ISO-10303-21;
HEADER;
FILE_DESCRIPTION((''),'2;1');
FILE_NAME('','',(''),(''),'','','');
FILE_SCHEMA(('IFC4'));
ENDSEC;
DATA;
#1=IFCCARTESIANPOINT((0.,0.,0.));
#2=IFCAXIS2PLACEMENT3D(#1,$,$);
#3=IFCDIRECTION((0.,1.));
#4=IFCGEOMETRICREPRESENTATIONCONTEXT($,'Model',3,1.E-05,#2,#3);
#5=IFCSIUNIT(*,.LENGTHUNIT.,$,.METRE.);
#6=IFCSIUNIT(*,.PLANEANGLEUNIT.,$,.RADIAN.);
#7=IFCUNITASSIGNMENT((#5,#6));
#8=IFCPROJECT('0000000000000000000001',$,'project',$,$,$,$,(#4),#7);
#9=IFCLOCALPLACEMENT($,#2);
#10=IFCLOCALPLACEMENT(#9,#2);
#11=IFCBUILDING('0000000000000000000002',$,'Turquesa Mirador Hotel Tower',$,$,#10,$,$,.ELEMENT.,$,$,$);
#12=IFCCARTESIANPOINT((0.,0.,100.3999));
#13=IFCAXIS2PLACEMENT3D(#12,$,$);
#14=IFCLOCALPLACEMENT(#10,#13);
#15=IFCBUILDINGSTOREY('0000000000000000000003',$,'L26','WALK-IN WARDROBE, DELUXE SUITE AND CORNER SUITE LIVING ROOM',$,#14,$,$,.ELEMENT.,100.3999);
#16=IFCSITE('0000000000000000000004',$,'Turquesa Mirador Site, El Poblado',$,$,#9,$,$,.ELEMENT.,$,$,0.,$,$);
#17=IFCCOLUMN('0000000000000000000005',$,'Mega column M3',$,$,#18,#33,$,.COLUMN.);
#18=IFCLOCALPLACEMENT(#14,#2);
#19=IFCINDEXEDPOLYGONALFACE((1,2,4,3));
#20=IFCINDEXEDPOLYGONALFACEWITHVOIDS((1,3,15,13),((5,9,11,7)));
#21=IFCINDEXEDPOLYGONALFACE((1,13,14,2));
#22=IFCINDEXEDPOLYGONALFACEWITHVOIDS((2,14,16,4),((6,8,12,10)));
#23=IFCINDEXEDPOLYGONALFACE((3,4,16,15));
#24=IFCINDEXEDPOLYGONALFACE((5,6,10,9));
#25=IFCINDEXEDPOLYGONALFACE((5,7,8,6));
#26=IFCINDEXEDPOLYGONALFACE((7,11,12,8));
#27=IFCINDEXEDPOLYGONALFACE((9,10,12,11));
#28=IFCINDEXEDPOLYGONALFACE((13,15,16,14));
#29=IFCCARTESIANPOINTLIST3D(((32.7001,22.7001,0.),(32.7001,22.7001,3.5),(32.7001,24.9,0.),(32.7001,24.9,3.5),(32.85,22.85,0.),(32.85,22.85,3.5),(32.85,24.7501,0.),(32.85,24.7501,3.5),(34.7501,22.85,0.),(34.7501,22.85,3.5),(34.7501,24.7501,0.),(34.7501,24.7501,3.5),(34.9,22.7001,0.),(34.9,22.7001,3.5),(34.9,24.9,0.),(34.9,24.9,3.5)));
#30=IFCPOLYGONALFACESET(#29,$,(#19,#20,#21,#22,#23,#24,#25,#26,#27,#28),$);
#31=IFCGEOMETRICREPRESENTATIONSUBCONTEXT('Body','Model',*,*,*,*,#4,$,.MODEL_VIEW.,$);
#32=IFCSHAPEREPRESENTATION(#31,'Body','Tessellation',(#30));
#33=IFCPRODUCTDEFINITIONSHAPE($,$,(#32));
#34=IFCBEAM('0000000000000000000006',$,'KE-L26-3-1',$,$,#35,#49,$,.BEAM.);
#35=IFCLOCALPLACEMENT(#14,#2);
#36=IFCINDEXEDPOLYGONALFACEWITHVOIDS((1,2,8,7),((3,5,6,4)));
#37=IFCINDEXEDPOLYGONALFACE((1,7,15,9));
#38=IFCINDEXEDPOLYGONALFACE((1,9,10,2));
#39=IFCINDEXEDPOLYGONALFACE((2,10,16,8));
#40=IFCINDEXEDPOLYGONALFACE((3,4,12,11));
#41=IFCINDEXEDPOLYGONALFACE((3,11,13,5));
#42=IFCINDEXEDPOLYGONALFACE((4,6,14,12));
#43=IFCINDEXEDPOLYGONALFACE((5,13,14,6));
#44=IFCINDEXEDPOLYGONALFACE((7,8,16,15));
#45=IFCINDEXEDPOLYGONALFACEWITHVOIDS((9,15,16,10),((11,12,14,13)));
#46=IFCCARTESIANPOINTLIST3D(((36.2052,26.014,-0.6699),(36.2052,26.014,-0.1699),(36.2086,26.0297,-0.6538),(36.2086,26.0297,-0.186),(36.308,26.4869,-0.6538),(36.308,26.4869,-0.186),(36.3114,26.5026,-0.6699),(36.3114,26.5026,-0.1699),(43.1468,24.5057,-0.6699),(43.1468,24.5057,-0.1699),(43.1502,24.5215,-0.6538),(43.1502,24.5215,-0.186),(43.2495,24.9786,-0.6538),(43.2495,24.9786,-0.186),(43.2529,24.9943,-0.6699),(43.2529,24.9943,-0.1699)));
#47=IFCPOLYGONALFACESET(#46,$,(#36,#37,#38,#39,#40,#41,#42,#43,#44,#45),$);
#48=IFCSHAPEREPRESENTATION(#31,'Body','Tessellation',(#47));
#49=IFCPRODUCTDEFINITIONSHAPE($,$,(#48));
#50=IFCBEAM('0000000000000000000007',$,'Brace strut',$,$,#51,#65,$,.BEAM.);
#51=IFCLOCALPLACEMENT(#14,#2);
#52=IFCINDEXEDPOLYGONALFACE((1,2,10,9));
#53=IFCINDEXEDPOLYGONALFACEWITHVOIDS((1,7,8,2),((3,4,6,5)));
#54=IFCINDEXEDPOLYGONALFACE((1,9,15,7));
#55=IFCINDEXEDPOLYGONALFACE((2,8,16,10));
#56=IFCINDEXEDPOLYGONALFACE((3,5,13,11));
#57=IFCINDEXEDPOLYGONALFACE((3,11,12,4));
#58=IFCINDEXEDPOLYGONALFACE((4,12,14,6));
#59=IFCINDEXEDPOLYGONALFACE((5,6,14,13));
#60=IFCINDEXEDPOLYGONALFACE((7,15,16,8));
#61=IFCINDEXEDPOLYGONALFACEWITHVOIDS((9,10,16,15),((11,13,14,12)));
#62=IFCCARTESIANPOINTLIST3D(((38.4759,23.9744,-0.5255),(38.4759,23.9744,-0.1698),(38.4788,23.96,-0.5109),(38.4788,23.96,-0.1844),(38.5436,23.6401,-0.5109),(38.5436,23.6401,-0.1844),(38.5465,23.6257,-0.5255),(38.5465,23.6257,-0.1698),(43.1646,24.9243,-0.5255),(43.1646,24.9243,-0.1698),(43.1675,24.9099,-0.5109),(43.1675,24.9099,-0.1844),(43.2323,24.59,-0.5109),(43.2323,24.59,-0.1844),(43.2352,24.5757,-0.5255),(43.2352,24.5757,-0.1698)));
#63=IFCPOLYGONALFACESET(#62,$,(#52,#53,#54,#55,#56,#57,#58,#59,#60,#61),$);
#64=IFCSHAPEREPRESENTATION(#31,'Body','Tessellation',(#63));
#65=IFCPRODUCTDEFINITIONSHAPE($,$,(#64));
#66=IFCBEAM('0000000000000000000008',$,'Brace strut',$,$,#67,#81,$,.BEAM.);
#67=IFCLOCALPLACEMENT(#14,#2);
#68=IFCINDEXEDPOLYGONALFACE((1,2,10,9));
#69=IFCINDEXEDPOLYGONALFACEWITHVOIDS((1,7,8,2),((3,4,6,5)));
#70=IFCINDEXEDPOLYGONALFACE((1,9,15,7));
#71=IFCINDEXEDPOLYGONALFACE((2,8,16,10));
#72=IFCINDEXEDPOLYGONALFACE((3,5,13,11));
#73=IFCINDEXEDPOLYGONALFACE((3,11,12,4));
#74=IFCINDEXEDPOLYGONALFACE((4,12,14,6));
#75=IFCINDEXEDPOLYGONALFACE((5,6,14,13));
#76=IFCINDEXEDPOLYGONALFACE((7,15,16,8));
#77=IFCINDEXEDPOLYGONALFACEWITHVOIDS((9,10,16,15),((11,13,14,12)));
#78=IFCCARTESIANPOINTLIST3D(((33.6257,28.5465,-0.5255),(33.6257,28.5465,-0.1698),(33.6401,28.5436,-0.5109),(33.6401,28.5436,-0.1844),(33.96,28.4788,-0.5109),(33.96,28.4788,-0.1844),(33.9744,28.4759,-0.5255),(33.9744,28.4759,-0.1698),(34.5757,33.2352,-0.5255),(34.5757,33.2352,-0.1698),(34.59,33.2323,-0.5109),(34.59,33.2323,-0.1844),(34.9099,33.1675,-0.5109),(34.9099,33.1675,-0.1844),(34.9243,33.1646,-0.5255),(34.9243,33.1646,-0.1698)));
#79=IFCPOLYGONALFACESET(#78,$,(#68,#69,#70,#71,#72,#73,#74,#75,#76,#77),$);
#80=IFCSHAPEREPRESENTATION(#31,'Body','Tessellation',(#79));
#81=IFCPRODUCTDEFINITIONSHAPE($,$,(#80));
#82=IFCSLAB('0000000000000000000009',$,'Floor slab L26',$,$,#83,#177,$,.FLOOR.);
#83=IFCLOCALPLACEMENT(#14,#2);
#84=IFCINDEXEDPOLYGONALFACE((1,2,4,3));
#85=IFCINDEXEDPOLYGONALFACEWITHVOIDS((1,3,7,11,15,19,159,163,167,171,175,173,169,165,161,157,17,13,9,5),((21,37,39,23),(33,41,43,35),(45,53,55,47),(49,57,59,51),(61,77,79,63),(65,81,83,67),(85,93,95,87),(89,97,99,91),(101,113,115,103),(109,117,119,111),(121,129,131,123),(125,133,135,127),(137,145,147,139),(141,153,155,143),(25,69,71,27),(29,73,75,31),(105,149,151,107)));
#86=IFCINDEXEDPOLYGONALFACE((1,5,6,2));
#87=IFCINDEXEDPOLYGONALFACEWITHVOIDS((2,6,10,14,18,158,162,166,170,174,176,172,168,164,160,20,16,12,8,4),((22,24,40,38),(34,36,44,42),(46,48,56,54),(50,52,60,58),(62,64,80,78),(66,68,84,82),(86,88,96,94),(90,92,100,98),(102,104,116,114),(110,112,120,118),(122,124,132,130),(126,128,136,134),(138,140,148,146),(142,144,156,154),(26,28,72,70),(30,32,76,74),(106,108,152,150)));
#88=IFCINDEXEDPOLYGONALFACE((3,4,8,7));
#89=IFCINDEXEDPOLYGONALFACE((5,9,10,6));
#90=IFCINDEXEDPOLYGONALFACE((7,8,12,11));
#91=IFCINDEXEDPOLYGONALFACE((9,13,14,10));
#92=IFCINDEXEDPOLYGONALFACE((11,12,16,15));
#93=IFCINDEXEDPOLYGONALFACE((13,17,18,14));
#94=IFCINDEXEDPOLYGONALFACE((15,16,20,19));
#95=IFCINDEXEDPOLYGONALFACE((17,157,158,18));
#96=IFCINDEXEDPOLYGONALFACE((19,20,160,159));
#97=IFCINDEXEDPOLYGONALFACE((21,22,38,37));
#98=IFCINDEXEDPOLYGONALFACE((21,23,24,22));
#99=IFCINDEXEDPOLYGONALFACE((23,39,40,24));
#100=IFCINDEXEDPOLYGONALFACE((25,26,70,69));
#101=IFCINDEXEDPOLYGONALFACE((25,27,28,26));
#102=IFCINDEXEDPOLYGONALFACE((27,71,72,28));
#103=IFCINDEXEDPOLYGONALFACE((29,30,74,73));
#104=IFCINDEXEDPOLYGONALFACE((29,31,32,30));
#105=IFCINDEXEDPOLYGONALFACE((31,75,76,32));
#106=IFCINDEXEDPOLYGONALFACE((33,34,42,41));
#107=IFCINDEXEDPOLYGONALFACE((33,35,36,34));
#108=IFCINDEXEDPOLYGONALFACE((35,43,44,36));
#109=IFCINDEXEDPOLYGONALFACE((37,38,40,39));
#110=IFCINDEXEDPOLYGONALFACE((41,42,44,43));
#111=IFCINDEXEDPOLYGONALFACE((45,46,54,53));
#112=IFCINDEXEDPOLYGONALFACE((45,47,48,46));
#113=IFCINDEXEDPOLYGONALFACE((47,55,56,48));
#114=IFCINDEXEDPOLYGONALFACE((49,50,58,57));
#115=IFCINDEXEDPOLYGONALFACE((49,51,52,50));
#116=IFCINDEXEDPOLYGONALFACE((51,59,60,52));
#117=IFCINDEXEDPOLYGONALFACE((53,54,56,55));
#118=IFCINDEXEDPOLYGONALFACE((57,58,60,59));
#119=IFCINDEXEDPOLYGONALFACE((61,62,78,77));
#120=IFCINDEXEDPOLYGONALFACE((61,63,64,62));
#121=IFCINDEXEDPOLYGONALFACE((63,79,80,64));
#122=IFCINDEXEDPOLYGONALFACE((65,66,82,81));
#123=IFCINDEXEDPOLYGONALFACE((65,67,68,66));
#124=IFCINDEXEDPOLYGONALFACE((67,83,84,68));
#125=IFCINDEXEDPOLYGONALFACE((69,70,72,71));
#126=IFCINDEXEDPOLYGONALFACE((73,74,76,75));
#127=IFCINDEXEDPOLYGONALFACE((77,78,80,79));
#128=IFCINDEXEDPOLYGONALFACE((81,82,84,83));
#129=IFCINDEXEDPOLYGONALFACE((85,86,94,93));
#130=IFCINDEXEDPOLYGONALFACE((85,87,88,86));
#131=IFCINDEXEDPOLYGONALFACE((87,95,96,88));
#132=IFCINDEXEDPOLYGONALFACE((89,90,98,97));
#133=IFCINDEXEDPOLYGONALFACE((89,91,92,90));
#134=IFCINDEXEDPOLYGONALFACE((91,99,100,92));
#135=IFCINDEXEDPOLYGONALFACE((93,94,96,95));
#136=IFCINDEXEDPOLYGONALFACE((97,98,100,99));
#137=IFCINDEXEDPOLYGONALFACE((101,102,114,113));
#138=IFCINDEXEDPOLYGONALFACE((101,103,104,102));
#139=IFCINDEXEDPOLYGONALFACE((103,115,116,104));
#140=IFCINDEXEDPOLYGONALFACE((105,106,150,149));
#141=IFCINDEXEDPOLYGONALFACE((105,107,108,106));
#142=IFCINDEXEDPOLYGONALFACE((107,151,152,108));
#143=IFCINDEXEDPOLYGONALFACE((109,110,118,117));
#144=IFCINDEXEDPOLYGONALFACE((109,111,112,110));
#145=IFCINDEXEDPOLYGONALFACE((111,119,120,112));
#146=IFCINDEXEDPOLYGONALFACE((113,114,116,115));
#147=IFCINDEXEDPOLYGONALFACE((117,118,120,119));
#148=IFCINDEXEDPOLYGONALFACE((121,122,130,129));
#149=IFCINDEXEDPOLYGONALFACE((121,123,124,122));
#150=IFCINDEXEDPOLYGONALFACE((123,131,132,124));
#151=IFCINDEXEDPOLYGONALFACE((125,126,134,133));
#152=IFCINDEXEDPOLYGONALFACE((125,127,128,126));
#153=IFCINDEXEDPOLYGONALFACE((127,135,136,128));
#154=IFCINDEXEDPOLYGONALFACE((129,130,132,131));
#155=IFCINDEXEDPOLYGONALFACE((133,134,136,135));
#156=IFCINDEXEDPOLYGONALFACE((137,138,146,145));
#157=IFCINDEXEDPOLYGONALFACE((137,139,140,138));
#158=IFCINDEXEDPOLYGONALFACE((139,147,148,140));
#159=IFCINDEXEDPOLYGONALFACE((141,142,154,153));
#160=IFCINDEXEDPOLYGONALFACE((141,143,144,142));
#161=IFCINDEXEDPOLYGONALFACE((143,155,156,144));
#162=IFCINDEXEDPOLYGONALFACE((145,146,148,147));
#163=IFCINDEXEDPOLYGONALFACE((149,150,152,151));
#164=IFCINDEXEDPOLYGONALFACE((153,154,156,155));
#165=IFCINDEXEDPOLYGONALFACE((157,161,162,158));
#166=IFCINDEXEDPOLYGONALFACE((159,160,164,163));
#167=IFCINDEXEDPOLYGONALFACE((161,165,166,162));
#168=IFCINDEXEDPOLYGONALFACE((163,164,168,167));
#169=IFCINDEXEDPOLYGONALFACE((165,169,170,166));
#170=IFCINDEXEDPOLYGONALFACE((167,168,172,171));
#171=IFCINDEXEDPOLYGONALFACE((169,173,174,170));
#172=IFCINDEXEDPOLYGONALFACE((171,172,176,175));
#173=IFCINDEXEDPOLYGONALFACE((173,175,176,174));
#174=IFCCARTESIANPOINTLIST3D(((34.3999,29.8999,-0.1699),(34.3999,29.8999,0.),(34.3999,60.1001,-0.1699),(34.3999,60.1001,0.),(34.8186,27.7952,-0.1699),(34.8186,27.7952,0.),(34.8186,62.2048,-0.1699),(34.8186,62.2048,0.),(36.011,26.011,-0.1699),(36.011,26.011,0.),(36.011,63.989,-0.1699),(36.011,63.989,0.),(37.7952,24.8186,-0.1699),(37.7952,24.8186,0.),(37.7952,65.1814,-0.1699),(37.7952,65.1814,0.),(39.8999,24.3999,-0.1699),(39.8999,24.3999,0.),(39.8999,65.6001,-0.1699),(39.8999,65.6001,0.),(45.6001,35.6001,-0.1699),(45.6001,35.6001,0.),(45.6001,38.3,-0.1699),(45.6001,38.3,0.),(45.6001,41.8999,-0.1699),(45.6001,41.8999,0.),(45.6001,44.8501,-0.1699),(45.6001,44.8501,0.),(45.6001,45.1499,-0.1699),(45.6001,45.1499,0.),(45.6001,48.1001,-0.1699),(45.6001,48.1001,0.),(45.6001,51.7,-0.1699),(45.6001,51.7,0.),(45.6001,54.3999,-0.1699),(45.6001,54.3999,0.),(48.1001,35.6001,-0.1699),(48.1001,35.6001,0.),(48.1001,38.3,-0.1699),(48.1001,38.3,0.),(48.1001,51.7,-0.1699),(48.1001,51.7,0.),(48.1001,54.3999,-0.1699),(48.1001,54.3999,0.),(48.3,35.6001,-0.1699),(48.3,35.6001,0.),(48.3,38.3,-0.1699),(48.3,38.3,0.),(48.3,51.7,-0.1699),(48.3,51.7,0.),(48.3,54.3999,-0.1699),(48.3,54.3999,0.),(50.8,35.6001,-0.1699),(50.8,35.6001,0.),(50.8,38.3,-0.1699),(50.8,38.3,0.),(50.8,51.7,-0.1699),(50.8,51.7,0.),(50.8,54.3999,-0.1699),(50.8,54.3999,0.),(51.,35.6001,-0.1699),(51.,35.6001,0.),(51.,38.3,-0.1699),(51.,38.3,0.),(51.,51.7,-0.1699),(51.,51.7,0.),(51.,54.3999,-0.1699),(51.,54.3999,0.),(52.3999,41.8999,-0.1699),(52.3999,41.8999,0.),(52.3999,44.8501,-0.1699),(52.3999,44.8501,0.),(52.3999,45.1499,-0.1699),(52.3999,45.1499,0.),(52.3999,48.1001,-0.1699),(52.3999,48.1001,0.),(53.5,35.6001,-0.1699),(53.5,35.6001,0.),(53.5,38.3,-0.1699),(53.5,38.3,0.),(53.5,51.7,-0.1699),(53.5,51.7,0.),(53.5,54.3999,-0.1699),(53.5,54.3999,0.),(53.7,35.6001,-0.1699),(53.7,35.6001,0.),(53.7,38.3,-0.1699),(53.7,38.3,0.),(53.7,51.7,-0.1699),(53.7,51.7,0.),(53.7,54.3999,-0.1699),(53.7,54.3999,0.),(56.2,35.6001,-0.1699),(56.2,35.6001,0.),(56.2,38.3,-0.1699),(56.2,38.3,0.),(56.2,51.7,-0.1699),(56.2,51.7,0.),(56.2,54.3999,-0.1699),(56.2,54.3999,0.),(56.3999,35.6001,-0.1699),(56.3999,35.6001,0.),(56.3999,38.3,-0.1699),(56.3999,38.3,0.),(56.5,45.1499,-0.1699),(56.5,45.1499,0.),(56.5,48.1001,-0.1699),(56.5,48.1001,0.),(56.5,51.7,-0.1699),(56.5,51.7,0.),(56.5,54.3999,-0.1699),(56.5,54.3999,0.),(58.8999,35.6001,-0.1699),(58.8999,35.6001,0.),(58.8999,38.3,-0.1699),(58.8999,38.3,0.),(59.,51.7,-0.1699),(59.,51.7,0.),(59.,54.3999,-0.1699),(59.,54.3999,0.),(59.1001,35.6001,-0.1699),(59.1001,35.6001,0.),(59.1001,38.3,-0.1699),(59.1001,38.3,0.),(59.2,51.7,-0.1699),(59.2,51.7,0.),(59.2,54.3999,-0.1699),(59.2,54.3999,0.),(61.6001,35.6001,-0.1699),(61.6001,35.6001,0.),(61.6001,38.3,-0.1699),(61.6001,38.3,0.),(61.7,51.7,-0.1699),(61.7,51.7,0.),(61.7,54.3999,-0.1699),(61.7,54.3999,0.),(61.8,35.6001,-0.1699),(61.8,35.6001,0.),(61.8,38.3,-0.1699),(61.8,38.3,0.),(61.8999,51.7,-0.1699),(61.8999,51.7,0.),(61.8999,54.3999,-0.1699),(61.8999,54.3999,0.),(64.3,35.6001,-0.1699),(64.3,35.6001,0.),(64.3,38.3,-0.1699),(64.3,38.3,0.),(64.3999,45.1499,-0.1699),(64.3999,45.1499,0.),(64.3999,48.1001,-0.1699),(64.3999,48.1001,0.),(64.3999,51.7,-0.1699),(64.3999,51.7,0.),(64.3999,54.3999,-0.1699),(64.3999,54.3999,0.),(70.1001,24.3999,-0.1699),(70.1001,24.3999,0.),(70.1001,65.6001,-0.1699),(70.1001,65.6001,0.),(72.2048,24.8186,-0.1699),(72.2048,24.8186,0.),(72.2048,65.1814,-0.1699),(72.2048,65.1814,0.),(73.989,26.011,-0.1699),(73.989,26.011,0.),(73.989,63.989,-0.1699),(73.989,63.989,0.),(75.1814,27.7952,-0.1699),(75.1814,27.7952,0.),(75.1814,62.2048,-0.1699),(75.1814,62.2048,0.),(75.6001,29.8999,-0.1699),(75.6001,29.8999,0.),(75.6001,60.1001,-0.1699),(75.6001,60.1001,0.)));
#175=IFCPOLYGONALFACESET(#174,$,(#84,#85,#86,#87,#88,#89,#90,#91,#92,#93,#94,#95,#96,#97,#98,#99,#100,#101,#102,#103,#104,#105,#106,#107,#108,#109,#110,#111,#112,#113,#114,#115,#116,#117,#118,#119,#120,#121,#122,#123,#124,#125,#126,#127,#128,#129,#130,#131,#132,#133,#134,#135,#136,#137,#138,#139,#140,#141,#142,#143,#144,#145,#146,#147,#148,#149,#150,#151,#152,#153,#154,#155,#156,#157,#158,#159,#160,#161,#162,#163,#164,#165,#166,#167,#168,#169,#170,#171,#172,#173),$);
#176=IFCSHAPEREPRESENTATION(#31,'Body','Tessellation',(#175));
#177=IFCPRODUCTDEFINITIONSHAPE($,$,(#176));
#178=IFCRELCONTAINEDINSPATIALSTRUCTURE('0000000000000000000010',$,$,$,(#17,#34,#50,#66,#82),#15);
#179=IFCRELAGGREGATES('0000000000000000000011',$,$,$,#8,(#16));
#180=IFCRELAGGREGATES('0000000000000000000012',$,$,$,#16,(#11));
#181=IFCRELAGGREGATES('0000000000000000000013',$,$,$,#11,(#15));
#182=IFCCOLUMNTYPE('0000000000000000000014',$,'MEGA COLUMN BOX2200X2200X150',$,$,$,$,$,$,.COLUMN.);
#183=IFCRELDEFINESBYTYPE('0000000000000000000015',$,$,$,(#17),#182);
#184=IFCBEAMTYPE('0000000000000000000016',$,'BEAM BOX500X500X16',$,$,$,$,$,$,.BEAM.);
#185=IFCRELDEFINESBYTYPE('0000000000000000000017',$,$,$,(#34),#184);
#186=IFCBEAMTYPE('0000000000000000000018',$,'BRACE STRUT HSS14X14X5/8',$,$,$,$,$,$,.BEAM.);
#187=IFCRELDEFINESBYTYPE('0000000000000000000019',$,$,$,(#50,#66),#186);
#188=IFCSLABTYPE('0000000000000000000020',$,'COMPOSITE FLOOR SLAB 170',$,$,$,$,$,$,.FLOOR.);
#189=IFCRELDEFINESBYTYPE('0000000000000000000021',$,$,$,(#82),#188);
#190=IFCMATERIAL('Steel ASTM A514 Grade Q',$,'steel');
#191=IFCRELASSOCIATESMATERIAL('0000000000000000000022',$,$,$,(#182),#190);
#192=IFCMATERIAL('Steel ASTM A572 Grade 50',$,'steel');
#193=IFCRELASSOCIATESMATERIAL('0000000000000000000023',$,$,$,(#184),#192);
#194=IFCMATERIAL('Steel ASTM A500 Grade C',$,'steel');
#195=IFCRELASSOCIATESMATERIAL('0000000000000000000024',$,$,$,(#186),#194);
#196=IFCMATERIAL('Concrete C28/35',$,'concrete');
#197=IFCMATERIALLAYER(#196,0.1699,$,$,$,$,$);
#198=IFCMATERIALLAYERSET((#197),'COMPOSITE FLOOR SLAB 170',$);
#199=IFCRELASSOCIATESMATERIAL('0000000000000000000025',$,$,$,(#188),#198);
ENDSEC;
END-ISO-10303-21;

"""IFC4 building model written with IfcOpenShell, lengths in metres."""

from ifc_helpers import new_model, si_unit, direction, frame, origin, origin_2d, place, context, subcontext, project, spatial, polyline, hollow_rectangle, outline, extrude, material, layer, layer_set, material_profile, profile_set, type_object, element, save


model = new_model("IFC4")

# Units and contexts
model_context = context("Model", 3, precision=1e-05, world=origin(), true_north=direction((0.0, 1.0)))
body_context = subcontext(model_context, "Body", "Model", "MODEL_VIEW")
ifc_project = project(units=[si_unit("LENGTHUNIT", "METRE"), si_unit("PLANEANGLEUNIT", "RADIAN")], contexts=[model_context])

# Site, building, storey
site_placement = place(None, origin())
site = spatial("IfcSite", under=ifc_project, at=site_placement, Name="Turquesa Mirador Site, El Poblado", CompositionType="ELEMENT", RefElevation=0.0)
building_placement = place(site_placement, origin())
building = spatial("IfcBuilding", under=site, at=building_placement, Name="Turquesa Mirador Hotel Tower", CompositionType="ELEMENT")
storey_placement = place(building_placement, frame((0.0, 0.0, 100.3999)))
storey = spatial("IfcBuildingStorey", under=building, at=storey_placement, Name="L26", Description="WALK-IN WARDROBE, DELUXE SUITE AND CORNER SUITE LIVING ROOM", CompositionType="ELEMENT", Elevation=100.3999)

# Column
ifc_material_1 = material(Name="Steel ASTM A514 Grade Q", Category="steel")
ifc_material_profile_1 = material_profile(ifc_material_1, hollow_rectangle(XDim=2.2, YDim=2.2, WallThickness=0.1499, at=origin_2d()), Name="BOX2200X2200X150")
ifc_profile_set_1 = profile_set([ifc_material_profile_1], Name="Steel ASTM A514 Grade Q")
column_type = type_object("IfcColumnType", Name="MEGA COLUMN BOX2200X2200X150", PredefinedType="COLUMN", material=ifc_profile_set_1)
column_placement = place(storey_placement, frame((33.8, 23.8, 0.0), z_axis=(0.0, 0.0, 1.0), x_axis=(1.0, 0.0, 0.0)))
element("IfcColumn", 1, at=column_placement, inside=storey, type_object=column_type, Name="Mega column M3", PredefinedType="COLUMN", context=body_context, shape_type="SweptSolid", body=[
    extrude(hollow_rectangle(XDim=2.2, YDim=2.2, WallThickness=0.1499, at=origin_2d()), origin(), (0.0, 0.0, 1.0), 3.5),
])

# Beams
ifc_material_2 = material(Name="Steel ASTM A572 Grade 50", Category="steel")
ifc_material_profile_2 = material_profile(ifc_material_2, hollow_rectangle(XDim=0.5, YDim=0.5, WallThickness=0.0161, at=origin_2d()), Name="BOX500X500X16")
ifc_profile_set_2 = profile_set([ifc_material_profile_2], Name="Steel ASTM A572 Grade 50")
beam_type_1 = type_object("IfcBeamType", Name="BEAM BOX500X500X16", PredefinedType="BEAM", material=ifc_profile_set_2)
beam_placement = place(storey_placement, frame((36.2583, 26.2583, -0.4199), z_axis=(0.977198, -0.212328, 0.0), x_axis=(0.212328, 0.977198, 0.0)))
element("IfcBeam", 2, at=beam_placement, inside=storey, type_object=beam_type_1, Name="KE-L26-3-1", PredefinedType="BEAM", context=body_context, shape_type="SweptSolid", body=[
    extrude(hollow_rectangle(XDim=0.5, YDim=0.5, WallThickness=0.0161, at=origin_2d()), origin(), (0.0, 0.0, 1.0), 7.1035),
])
ifc_material_3 = material(Name="Steel ASTM A500 Grade C", Category="steel")
ifc_material_profile_3 = material_profile(ifc_material_3, hollow_rectangle(XDim=0.3557, YDim=0.3557, WallThickness=0.0146, at=origin_2d()), Name="HSS14X14X5/8")
ifc_profile_set_3 = profile_set([ifc_material_profile_3], Name="Steel ASTM A500 Grade C")
beam_type_2 = type_object("IfcBeamType", Name="BRACE STRUT HSS14X14X5/8", PredefinedType="BEAM", material=ifc_profile_set_3)
for number, where, z_axis, x_axis, name in (
    (3, (38.5112, 23.8, -0.3477), (0.980087, 0.198569, 0.0), (-0.198569, 0.980087, 0.0), "Brace strut"),
    (4, (33.8, 28.5112, -0.3477), (0.198569, 0.980087, 0.0), (-0.980087, 0.198569, 0.0), "Brace strut"),
):
    element("IfcBeam", number, at=place(storey_placement, frame(where, z_axis=z_axis, x_axis=x_axis)), inside=storey, type_object=beam_type_2, Name=name, PredefinedType="BEAM", context=body_context, shape_type="SweptSolid", body=[
        extrude(hollow_rectangle(XDim=0.3557, YDim=0.3557, WallThickness=0.0146, at=origin_2d()), origin(), (0.0, 0.0, 1.0), 4.7839),
    ])

# Slab
ifc_material_4 = material(Name="Concrete C28/35", Category="concrete")
ifc_layer_1 = layer(ifc_material_4, 0.1699)
ifc_layer_set_1 = layer_set([ifc_layer_1], Name="COMPOSITE FLOOR SLAB 170")
slab_type_1 = type_object("IfcSlabType", Name="COMPOSITE FLOOR SLAB 170", PredefinedType="FLOOR", material=ifc_layer_set_1)
slab_1_placement = place(storey_placement, frame((0.0, 0.0, -0.1699)))
element("IfcSlab", 5, at=slab_1_placement, inside=storey, type_object=slab_type_1, Name="Floor slab L26", PredefinedType="FLOOR", context=body_context, shape_type="SweptSolid", body=[
    extrude(outline(polyline([(70.1001, 24.3999), (72.2048, 24.8186), (73.989, 26.011), (75.1814, 27.7952), (75.6001, 29.8999), (75.6001, 60.1001), (75.1814, 62.2048), (73.989, 63.989), (72.2048, 65.1814), (70.1001, 65.6001), (39.8999, 65.6001), (37.7952, 65.1814), (36.011, 63.989), (34.8186, 62.2048), (34.3999, 60.1001), (34.3999, 29.8999), (34.8186, 27.7952), (36.011, 26.011), (37.7952, 24.8186), (39.8999, 24.3999), (70.1001, 24.3999)]), holes=[polyline([(45.6001, 51.7), (48.1001, 51.7), (48.1001, 54.3999), (45.6001, 54.3999), (45.6001, 51.7)]), polyline([(48.3, 51.7), (50.8, 51.7), (50.8, 54.3999), (48.3, 54.3999), (48.3, 51.7)]), polyline([(51.0, 51.7), (53.5, 51.7), (53.5, 54.3999), (51.0, 54.3999), (51.0, 51.7)]), polyline([(53.7, 51.7), (56.2, 51.7), (56.2, 54.3999), (53.7, 54.3999), (53.7, 51.7)]), polyline([(56.5, 51.7), (59.0, 51.7), (59.0, 54.3999), (56.5, 54.3999), (56.5, 51.7)]), polyline([(59.2, 51.7), (61.7, 51.7), (61.7, 54.3999), (59.2, 54.3999), (59.2, 51.7)]), polyline([(45.6001, 35.6001), (48.1001, 35.6001), (48.1001, 38.3), (45.6001, 38.3), (45.6001, 35.6001)]), polyline([(48.3, 35.6001), (50.8, 35.6001), (50.8, 38.3), (48.3, 38.3), (48.3, 35.6001)]), polyline([(51.0, 35.6001), (53.5, 35.6001), (53.5, 38.3), (51.0, 38.3), (51.0, 35.6001)]), polyline([(53.7, 35.6001), (56.2, 35.6001), (56.2, 38.3), (53.7, 38.3), (53.7, 35.6001)]), polyline([(56.3999, 35.6001), (58.8999, 35.6001), (58.8999, 38.3), (56.3999, 38.3), (56.3999, 35.6001)]), polyline([(59.1001, 35.6001), (61.6001, 35.6001), (61.6001, 38.3), (59.1001, 38.3), (59.1001, 35.6001)]), polyline([(61.8, 35.6001), (64.3, 35.6001), (64.3, 38.3), (61.8, 38.3), (61.8, 35.6001)]), polyline([(45.6001, 45.1499), (52.3999, 45.1499), (52.3999, 48.1001), (45.6001, 48.1001), (45.6001, 45.1499)]), polyline([(45.6001, 41.8999), (52.3999, 41.8999), (52.3999, 44.8501), (45.6001, 44.8501), (45.6001, 41.8999)]), polyline([(56.5, 45.1499), (64.3999, 45.1499), (64.3999, 48.1001), (56.5, 48.1001), (56.5, 45.1499)]), polyline([(61.8999, 51.7), (64.3999, 51.7), (64.3999, 54.3999), (61.8999, 54.3999), (61.8999, 51.7)])]), origin(), (0.0, 0.0, 1.0), 0.1699),
])

save(model, "model.ifc")
